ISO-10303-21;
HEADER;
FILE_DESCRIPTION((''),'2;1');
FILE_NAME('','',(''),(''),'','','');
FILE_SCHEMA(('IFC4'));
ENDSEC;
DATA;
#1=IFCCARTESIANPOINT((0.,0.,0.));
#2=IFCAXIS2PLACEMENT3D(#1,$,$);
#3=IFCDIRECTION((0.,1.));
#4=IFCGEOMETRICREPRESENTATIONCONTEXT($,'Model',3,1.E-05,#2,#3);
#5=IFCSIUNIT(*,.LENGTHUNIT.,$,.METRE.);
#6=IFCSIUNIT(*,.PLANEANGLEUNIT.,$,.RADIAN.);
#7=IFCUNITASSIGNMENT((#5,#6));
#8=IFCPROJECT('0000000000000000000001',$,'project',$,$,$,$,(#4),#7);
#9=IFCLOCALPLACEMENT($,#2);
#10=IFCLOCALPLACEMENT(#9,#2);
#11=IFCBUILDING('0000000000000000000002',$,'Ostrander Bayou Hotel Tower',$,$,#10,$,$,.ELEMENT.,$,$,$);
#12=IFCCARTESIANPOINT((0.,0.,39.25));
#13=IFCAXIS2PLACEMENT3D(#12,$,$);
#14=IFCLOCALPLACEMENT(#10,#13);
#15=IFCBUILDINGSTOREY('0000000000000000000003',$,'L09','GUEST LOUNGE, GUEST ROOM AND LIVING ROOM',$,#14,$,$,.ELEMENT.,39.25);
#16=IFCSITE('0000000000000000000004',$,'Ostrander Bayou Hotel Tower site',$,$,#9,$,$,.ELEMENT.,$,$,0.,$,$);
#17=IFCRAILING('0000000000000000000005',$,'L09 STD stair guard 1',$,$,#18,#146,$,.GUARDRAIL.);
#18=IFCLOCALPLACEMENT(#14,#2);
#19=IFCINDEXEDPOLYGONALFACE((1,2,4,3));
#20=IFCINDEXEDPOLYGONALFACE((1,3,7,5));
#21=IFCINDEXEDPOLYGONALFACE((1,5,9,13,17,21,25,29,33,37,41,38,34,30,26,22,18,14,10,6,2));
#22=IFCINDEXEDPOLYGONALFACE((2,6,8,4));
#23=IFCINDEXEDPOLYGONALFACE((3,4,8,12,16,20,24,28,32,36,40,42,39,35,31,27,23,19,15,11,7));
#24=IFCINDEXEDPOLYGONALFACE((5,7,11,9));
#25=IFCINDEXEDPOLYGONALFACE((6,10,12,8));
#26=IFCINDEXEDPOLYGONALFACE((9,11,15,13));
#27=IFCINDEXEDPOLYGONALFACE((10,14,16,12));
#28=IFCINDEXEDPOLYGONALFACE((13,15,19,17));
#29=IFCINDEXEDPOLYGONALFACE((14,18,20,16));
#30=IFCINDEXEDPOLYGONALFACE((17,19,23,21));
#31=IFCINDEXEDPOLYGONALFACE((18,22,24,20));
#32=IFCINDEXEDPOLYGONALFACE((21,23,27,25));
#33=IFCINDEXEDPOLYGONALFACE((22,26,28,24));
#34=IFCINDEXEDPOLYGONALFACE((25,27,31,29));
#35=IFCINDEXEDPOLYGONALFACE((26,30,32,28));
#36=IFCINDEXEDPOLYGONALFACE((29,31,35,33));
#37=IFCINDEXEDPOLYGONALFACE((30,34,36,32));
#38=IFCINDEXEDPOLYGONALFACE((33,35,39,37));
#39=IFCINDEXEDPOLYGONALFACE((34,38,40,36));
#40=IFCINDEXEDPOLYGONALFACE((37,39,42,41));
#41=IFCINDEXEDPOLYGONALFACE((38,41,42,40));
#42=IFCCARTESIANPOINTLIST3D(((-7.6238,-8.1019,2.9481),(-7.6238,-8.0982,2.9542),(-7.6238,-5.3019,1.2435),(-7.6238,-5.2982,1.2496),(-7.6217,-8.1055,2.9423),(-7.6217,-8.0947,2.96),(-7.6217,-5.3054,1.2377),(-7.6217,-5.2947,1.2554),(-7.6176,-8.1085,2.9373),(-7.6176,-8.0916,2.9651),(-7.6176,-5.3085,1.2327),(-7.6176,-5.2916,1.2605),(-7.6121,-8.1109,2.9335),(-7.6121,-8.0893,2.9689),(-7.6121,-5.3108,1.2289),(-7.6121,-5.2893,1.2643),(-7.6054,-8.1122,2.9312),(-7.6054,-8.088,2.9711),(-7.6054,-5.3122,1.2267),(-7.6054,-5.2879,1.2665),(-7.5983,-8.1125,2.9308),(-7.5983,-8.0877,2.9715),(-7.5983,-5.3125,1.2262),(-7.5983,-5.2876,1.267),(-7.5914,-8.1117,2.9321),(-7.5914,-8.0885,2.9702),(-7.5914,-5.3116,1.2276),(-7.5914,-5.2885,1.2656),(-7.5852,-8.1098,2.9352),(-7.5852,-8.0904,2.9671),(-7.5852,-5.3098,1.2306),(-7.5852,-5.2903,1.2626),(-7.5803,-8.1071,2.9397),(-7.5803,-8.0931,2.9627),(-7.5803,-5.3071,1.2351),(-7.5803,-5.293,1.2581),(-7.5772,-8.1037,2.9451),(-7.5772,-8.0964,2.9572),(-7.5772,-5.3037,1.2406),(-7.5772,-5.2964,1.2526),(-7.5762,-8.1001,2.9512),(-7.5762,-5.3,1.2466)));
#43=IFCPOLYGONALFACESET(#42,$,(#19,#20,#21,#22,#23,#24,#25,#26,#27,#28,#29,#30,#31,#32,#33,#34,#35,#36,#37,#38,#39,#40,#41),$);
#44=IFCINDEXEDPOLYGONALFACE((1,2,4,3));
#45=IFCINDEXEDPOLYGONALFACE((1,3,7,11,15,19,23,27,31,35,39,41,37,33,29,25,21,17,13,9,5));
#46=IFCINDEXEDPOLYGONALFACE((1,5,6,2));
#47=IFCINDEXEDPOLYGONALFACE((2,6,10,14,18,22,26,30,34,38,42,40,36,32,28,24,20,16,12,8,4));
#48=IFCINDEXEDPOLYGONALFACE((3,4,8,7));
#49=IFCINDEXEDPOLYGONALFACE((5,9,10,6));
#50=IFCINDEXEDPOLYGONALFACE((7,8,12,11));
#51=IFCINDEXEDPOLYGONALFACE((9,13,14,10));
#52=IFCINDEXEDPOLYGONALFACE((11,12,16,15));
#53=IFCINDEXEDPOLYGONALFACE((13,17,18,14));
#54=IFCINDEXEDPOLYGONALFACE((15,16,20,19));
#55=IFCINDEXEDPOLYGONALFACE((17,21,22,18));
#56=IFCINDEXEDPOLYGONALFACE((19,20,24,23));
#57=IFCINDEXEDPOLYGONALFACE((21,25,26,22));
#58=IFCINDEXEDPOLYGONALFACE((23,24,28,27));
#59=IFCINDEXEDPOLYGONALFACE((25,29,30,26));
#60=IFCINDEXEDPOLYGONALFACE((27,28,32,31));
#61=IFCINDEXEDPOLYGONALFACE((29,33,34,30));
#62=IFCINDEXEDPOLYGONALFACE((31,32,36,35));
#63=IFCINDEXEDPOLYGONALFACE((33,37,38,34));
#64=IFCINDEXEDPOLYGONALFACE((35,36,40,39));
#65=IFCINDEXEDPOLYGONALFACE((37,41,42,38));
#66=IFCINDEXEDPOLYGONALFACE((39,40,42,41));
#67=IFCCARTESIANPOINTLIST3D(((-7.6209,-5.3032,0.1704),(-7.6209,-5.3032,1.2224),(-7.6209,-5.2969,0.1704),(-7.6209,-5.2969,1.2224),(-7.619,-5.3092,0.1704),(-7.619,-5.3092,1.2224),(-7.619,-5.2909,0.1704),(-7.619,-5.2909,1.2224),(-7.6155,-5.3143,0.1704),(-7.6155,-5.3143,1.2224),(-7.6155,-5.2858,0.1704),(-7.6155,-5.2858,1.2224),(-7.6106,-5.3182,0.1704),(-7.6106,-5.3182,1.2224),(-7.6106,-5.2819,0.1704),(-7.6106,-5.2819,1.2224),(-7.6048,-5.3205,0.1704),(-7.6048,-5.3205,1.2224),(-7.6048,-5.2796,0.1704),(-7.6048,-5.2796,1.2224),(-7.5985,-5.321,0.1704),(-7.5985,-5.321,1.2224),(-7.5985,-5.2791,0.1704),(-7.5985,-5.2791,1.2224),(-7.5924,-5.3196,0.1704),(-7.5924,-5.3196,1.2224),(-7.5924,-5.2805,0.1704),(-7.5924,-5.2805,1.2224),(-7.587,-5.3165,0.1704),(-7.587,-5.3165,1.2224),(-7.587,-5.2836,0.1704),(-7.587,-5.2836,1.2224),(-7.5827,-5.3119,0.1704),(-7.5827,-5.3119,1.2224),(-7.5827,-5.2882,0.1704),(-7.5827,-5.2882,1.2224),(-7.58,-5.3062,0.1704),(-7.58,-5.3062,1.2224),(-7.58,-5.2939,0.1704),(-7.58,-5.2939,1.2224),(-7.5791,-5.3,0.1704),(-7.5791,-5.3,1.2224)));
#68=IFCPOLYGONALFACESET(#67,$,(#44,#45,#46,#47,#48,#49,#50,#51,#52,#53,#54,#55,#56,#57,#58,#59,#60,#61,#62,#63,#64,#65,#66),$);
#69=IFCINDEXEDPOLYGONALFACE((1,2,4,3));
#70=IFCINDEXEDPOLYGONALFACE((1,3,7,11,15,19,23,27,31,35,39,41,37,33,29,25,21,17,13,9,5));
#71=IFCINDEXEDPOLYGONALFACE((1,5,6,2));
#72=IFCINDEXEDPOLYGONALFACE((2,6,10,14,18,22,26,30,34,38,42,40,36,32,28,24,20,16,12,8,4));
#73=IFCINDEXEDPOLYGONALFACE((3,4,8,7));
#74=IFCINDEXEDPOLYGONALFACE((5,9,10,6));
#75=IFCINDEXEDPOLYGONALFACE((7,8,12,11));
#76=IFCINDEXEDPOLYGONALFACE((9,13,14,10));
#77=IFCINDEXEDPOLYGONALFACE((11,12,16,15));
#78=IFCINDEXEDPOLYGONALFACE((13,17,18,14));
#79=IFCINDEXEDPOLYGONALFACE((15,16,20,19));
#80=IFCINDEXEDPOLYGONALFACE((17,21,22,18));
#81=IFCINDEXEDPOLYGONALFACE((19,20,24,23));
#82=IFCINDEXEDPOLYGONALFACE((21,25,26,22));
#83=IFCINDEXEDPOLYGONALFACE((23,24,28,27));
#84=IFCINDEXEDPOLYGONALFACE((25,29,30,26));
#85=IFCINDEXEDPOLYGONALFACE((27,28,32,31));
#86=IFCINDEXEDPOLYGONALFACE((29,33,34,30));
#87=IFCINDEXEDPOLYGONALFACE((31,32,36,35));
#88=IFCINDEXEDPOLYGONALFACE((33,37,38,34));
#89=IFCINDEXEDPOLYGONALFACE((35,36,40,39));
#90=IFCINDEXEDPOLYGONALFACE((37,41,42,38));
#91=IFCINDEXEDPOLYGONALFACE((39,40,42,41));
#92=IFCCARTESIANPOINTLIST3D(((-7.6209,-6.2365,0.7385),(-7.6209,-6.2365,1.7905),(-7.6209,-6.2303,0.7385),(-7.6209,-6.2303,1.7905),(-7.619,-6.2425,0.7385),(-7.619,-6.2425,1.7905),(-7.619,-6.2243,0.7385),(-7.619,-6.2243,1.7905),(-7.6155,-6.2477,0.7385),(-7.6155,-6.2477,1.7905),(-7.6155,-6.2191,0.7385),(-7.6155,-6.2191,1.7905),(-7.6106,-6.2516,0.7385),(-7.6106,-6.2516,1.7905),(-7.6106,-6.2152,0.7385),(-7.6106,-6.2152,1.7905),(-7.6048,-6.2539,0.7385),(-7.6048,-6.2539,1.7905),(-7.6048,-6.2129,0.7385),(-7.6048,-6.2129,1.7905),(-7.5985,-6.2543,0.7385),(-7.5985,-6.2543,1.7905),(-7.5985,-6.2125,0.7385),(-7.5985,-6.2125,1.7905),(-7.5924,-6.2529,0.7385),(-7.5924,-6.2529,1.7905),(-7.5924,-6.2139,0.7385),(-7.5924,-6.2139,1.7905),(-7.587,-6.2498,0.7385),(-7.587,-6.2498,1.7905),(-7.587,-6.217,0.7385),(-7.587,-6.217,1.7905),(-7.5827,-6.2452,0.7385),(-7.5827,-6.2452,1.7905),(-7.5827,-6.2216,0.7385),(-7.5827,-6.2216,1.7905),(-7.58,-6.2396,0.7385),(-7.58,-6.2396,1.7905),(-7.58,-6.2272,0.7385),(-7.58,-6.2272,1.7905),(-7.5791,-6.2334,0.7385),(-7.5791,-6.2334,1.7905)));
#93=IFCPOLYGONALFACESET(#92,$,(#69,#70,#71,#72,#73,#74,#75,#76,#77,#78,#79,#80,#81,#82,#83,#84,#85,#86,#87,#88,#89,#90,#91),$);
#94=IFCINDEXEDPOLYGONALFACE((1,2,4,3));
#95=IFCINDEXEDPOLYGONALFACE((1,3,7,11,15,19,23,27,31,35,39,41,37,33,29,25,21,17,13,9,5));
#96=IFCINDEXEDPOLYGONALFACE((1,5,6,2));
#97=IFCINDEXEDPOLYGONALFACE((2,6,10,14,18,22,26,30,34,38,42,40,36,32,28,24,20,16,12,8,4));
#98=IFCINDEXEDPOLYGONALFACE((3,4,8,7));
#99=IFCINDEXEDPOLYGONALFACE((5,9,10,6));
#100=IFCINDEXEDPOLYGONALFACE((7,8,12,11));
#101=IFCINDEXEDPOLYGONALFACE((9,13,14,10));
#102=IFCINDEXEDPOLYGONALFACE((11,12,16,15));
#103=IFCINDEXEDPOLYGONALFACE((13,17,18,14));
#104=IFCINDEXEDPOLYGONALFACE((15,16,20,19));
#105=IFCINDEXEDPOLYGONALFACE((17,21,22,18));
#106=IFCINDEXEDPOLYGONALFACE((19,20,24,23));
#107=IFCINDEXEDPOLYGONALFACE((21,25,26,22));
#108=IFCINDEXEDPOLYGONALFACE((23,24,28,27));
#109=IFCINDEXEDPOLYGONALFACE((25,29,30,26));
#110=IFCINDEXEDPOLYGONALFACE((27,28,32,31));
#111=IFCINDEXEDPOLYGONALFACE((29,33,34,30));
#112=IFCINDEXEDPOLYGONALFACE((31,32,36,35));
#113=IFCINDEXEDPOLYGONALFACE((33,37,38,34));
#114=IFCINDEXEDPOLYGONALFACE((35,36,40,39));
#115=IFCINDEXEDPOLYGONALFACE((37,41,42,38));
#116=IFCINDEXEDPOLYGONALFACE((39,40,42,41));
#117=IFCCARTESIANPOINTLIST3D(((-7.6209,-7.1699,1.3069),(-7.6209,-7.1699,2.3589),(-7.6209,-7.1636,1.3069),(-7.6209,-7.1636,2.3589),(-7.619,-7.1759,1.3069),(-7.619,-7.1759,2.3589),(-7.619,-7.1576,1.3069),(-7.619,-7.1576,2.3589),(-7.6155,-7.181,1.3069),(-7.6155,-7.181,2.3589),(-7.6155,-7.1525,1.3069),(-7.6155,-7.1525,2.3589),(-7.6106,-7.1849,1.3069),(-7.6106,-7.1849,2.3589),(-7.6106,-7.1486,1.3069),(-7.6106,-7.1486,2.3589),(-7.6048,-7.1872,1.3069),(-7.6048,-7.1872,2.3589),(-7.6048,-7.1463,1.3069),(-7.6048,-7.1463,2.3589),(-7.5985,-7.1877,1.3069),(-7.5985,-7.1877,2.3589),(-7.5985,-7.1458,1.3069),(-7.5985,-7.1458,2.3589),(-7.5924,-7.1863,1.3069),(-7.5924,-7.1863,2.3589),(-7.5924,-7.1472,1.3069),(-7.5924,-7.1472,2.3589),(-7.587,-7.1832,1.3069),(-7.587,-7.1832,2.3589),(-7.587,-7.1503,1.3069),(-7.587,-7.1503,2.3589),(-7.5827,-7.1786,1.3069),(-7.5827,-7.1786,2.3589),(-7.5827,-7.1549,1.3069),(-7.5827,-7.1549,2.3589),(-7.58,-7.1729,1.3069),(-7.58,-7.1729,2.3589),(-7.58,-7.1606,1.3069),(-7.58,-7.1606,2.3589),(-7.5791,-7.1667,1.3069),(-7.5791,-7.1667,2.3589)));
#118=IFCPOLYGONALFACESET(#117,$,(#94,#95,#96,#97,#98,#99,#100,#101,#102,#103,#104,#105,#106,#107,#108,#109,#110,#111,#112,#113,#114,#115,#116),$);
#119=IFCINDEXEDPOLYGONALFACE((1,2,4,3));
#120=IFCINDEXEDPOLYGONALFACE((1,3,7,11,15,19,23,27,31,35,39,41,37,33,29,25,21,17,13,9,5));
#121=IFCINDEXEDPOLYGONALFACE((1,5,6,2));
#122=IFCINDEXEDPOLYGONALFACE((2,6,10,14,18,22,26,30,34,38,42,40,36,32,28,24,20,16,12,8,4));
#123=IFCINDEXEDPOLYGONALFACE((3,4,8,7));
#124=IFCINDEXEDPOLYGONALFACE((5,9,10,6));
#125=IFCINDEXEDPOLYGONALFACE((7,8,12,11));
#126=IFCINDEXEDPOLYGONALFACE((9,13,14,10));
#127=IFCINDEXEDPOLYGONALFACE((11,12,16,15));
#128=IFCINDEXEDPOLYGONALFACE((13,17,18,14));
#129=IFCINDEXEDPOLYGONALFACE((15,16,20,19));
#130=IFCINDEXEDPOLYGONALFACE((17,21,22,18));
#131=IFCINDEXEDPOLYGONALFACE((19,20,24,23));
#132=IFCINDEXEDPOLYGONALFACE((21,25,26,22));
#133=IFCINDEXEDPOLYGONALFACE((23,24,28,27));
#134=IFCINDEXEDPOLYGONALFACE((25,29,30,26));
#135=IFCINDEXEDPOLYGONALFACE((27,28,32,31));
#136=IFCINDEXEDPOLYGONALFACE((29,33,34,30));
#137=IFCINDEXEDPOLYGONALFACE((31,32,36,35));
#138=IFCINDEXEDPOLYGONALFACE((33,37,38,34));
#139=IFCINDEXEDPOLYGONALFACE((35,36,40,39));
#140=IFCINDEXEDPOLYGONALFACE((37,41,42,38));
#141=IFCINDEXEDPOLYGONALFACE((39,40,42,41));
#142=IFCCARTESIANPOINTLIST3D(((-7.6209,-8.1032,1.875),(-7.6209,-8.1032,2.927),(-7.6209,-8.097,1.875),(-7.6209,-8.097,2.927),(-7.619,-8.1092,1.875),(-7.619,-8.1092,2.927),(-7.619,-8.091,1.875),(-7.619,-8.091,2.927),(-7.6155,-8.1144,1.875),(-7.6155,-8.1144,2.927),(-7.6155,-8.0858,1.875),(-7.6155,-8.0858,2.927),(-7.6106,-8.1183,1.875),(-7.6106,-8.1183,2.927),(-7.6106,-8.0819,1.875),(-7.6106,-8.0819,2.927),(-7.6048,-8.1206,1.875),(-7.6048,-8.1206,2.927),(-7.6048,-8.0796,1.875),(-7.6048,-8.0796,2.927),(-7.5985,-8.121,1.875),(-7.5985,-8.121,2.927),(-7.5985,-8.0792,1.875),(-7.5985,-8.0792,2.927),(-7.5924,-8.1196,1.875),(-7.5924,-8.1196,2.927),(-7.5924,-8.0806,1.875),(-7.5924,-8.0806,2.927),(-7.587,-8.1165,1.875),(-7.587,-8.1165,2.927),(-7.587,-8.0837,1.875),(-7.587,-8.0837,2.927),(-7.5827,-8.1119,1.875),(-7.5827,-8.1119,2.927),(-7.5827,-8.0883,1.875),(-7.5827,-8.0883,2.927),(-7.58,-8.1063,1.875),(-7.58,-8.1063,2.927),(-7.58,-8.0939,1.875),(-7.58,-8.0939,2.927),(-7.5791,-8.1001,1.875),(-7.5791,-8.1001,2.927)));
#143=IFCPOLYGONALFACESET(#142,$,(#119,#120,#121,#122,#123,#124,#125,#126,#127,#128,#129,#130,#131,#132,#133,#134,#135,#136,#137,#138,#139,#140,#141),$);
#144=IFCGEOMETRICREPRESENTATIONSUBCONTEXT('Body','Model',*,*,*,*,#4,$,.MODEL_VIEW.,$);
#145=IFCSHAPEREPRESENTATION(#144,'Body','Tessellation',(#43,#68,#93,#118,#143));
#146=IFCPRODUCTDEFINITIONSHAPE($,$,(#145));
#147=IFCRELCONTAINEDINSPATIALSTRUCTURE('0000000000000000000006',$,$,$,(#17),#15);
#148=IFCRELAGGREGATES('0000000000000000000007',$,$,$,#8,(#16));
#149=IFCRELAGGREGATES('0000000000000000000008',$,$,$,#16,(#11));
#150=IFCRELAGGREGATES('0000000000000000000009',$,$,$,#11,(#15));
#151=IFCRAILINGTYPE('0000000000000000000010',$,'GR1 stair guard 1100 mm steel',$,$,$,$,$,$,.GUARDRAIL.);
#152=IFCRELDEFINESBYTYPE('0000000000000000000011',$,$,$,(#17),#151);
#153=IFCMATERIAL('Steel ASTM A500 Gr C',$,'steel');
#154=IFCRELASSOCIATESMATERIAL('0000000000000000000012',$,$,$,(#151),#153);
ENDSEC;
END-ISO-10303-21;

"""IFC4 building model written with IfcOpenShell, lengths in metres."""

from ifc_helpers import new_model, si_unit, direction, frame, origin, origin_2d, place, context, subcontext, project, spatial, circle, extrude, material, type_object, element, save


model = new_model("IFC4")

# Units and contexts
model_context = context("Model", 3, precision=1e-05, world=origin(), true_north=direction((0.0, 1.0)))
body_context = subcontext(model_context, "Body", "Model", "MODEL_VIEW")
ifc_project = project(units=[si_unit("LENGTHUNIT", "METRE"), si_unit("PLANEANGLEUNIT", "RADIAN")], contexts=[model_context])

# Site, building, storey
site_placement = place(None, origin())
site = spatial("IfcSite", under=ifc_project, at=site_placement, Name="Ostrander Bayou Hotel Tower site", CompositionType="ELEMENT", RefElevation=0.0)
building_placement = place(site_placement, origin())
building = spatial("IfcBuilding", under=site, at=building_placement, Name="Ostrander Bayou Hotel Tower", CompositionType="ELEMENT")
storey_placement = place(building_placement, frame((0.0, 0.0, 39.25)))
storey = spatial("IfcBuildingStorey", under=building, at=storey_placement, Name="L09", Description="GUEST LOUNGE, GUEST ROOM AND LIVING ROOM", CompositionType="ELEMENT", Elevation=39.25)

# Railing
ifc_material_1 = material(Name="Steel ASTM A500 Gr C", Category="steel")
railing_type_1 = type_object("IfcRailingType", Name="GR1 stair guard 1100 mm steel", PredefinedType="GUARDRAIL", material=ifc_material_1)
railing_1_placement = place(storey_placement, frame((-7.6001, -5.3, 0.1704)))
element("IfcRailing", 1, at=railing_1_placement, inside=storey, type_object=railing_type_1, Name="L09 STD stair guard 1", PredefinedType="GUARDRAIL", context=body_context, shape_type="SweptSolid", body=[
    extrude(circle(Radius=0.0239, at=origin_2d()), frame((0.0, 0.0, 1.0762), z_axis=(0.0, -0.85417, 0.519994), x_axis=(1.0, 0.0, 0.0)), (0.0, 0.0, 1.0), 3.2781),
    extrude(circle(Radius=0.021, at=origin_2d()), origin(), (0.0, 0.0, 1.0), 1.052),
    extrude(circle(Radius=0.021, at=origin_2d()), frame((0.0, -0.9333, 0.5681)), (0.0, 0.0, 1.0), 1.052),
    extrude(circle(Radius=0.021, at=origin_2d()), frame((0.0, -1.8667, 1.1365)), (0.0, 0.0, 1.0), 1.052),
    extrude(circle(Radius=0.021, at=origin_2d()), frame((0.0, -2.8, 1.7046)), (0.0, 0.0, 1.0), 1.052),
])

save(model, "model.ifc")
